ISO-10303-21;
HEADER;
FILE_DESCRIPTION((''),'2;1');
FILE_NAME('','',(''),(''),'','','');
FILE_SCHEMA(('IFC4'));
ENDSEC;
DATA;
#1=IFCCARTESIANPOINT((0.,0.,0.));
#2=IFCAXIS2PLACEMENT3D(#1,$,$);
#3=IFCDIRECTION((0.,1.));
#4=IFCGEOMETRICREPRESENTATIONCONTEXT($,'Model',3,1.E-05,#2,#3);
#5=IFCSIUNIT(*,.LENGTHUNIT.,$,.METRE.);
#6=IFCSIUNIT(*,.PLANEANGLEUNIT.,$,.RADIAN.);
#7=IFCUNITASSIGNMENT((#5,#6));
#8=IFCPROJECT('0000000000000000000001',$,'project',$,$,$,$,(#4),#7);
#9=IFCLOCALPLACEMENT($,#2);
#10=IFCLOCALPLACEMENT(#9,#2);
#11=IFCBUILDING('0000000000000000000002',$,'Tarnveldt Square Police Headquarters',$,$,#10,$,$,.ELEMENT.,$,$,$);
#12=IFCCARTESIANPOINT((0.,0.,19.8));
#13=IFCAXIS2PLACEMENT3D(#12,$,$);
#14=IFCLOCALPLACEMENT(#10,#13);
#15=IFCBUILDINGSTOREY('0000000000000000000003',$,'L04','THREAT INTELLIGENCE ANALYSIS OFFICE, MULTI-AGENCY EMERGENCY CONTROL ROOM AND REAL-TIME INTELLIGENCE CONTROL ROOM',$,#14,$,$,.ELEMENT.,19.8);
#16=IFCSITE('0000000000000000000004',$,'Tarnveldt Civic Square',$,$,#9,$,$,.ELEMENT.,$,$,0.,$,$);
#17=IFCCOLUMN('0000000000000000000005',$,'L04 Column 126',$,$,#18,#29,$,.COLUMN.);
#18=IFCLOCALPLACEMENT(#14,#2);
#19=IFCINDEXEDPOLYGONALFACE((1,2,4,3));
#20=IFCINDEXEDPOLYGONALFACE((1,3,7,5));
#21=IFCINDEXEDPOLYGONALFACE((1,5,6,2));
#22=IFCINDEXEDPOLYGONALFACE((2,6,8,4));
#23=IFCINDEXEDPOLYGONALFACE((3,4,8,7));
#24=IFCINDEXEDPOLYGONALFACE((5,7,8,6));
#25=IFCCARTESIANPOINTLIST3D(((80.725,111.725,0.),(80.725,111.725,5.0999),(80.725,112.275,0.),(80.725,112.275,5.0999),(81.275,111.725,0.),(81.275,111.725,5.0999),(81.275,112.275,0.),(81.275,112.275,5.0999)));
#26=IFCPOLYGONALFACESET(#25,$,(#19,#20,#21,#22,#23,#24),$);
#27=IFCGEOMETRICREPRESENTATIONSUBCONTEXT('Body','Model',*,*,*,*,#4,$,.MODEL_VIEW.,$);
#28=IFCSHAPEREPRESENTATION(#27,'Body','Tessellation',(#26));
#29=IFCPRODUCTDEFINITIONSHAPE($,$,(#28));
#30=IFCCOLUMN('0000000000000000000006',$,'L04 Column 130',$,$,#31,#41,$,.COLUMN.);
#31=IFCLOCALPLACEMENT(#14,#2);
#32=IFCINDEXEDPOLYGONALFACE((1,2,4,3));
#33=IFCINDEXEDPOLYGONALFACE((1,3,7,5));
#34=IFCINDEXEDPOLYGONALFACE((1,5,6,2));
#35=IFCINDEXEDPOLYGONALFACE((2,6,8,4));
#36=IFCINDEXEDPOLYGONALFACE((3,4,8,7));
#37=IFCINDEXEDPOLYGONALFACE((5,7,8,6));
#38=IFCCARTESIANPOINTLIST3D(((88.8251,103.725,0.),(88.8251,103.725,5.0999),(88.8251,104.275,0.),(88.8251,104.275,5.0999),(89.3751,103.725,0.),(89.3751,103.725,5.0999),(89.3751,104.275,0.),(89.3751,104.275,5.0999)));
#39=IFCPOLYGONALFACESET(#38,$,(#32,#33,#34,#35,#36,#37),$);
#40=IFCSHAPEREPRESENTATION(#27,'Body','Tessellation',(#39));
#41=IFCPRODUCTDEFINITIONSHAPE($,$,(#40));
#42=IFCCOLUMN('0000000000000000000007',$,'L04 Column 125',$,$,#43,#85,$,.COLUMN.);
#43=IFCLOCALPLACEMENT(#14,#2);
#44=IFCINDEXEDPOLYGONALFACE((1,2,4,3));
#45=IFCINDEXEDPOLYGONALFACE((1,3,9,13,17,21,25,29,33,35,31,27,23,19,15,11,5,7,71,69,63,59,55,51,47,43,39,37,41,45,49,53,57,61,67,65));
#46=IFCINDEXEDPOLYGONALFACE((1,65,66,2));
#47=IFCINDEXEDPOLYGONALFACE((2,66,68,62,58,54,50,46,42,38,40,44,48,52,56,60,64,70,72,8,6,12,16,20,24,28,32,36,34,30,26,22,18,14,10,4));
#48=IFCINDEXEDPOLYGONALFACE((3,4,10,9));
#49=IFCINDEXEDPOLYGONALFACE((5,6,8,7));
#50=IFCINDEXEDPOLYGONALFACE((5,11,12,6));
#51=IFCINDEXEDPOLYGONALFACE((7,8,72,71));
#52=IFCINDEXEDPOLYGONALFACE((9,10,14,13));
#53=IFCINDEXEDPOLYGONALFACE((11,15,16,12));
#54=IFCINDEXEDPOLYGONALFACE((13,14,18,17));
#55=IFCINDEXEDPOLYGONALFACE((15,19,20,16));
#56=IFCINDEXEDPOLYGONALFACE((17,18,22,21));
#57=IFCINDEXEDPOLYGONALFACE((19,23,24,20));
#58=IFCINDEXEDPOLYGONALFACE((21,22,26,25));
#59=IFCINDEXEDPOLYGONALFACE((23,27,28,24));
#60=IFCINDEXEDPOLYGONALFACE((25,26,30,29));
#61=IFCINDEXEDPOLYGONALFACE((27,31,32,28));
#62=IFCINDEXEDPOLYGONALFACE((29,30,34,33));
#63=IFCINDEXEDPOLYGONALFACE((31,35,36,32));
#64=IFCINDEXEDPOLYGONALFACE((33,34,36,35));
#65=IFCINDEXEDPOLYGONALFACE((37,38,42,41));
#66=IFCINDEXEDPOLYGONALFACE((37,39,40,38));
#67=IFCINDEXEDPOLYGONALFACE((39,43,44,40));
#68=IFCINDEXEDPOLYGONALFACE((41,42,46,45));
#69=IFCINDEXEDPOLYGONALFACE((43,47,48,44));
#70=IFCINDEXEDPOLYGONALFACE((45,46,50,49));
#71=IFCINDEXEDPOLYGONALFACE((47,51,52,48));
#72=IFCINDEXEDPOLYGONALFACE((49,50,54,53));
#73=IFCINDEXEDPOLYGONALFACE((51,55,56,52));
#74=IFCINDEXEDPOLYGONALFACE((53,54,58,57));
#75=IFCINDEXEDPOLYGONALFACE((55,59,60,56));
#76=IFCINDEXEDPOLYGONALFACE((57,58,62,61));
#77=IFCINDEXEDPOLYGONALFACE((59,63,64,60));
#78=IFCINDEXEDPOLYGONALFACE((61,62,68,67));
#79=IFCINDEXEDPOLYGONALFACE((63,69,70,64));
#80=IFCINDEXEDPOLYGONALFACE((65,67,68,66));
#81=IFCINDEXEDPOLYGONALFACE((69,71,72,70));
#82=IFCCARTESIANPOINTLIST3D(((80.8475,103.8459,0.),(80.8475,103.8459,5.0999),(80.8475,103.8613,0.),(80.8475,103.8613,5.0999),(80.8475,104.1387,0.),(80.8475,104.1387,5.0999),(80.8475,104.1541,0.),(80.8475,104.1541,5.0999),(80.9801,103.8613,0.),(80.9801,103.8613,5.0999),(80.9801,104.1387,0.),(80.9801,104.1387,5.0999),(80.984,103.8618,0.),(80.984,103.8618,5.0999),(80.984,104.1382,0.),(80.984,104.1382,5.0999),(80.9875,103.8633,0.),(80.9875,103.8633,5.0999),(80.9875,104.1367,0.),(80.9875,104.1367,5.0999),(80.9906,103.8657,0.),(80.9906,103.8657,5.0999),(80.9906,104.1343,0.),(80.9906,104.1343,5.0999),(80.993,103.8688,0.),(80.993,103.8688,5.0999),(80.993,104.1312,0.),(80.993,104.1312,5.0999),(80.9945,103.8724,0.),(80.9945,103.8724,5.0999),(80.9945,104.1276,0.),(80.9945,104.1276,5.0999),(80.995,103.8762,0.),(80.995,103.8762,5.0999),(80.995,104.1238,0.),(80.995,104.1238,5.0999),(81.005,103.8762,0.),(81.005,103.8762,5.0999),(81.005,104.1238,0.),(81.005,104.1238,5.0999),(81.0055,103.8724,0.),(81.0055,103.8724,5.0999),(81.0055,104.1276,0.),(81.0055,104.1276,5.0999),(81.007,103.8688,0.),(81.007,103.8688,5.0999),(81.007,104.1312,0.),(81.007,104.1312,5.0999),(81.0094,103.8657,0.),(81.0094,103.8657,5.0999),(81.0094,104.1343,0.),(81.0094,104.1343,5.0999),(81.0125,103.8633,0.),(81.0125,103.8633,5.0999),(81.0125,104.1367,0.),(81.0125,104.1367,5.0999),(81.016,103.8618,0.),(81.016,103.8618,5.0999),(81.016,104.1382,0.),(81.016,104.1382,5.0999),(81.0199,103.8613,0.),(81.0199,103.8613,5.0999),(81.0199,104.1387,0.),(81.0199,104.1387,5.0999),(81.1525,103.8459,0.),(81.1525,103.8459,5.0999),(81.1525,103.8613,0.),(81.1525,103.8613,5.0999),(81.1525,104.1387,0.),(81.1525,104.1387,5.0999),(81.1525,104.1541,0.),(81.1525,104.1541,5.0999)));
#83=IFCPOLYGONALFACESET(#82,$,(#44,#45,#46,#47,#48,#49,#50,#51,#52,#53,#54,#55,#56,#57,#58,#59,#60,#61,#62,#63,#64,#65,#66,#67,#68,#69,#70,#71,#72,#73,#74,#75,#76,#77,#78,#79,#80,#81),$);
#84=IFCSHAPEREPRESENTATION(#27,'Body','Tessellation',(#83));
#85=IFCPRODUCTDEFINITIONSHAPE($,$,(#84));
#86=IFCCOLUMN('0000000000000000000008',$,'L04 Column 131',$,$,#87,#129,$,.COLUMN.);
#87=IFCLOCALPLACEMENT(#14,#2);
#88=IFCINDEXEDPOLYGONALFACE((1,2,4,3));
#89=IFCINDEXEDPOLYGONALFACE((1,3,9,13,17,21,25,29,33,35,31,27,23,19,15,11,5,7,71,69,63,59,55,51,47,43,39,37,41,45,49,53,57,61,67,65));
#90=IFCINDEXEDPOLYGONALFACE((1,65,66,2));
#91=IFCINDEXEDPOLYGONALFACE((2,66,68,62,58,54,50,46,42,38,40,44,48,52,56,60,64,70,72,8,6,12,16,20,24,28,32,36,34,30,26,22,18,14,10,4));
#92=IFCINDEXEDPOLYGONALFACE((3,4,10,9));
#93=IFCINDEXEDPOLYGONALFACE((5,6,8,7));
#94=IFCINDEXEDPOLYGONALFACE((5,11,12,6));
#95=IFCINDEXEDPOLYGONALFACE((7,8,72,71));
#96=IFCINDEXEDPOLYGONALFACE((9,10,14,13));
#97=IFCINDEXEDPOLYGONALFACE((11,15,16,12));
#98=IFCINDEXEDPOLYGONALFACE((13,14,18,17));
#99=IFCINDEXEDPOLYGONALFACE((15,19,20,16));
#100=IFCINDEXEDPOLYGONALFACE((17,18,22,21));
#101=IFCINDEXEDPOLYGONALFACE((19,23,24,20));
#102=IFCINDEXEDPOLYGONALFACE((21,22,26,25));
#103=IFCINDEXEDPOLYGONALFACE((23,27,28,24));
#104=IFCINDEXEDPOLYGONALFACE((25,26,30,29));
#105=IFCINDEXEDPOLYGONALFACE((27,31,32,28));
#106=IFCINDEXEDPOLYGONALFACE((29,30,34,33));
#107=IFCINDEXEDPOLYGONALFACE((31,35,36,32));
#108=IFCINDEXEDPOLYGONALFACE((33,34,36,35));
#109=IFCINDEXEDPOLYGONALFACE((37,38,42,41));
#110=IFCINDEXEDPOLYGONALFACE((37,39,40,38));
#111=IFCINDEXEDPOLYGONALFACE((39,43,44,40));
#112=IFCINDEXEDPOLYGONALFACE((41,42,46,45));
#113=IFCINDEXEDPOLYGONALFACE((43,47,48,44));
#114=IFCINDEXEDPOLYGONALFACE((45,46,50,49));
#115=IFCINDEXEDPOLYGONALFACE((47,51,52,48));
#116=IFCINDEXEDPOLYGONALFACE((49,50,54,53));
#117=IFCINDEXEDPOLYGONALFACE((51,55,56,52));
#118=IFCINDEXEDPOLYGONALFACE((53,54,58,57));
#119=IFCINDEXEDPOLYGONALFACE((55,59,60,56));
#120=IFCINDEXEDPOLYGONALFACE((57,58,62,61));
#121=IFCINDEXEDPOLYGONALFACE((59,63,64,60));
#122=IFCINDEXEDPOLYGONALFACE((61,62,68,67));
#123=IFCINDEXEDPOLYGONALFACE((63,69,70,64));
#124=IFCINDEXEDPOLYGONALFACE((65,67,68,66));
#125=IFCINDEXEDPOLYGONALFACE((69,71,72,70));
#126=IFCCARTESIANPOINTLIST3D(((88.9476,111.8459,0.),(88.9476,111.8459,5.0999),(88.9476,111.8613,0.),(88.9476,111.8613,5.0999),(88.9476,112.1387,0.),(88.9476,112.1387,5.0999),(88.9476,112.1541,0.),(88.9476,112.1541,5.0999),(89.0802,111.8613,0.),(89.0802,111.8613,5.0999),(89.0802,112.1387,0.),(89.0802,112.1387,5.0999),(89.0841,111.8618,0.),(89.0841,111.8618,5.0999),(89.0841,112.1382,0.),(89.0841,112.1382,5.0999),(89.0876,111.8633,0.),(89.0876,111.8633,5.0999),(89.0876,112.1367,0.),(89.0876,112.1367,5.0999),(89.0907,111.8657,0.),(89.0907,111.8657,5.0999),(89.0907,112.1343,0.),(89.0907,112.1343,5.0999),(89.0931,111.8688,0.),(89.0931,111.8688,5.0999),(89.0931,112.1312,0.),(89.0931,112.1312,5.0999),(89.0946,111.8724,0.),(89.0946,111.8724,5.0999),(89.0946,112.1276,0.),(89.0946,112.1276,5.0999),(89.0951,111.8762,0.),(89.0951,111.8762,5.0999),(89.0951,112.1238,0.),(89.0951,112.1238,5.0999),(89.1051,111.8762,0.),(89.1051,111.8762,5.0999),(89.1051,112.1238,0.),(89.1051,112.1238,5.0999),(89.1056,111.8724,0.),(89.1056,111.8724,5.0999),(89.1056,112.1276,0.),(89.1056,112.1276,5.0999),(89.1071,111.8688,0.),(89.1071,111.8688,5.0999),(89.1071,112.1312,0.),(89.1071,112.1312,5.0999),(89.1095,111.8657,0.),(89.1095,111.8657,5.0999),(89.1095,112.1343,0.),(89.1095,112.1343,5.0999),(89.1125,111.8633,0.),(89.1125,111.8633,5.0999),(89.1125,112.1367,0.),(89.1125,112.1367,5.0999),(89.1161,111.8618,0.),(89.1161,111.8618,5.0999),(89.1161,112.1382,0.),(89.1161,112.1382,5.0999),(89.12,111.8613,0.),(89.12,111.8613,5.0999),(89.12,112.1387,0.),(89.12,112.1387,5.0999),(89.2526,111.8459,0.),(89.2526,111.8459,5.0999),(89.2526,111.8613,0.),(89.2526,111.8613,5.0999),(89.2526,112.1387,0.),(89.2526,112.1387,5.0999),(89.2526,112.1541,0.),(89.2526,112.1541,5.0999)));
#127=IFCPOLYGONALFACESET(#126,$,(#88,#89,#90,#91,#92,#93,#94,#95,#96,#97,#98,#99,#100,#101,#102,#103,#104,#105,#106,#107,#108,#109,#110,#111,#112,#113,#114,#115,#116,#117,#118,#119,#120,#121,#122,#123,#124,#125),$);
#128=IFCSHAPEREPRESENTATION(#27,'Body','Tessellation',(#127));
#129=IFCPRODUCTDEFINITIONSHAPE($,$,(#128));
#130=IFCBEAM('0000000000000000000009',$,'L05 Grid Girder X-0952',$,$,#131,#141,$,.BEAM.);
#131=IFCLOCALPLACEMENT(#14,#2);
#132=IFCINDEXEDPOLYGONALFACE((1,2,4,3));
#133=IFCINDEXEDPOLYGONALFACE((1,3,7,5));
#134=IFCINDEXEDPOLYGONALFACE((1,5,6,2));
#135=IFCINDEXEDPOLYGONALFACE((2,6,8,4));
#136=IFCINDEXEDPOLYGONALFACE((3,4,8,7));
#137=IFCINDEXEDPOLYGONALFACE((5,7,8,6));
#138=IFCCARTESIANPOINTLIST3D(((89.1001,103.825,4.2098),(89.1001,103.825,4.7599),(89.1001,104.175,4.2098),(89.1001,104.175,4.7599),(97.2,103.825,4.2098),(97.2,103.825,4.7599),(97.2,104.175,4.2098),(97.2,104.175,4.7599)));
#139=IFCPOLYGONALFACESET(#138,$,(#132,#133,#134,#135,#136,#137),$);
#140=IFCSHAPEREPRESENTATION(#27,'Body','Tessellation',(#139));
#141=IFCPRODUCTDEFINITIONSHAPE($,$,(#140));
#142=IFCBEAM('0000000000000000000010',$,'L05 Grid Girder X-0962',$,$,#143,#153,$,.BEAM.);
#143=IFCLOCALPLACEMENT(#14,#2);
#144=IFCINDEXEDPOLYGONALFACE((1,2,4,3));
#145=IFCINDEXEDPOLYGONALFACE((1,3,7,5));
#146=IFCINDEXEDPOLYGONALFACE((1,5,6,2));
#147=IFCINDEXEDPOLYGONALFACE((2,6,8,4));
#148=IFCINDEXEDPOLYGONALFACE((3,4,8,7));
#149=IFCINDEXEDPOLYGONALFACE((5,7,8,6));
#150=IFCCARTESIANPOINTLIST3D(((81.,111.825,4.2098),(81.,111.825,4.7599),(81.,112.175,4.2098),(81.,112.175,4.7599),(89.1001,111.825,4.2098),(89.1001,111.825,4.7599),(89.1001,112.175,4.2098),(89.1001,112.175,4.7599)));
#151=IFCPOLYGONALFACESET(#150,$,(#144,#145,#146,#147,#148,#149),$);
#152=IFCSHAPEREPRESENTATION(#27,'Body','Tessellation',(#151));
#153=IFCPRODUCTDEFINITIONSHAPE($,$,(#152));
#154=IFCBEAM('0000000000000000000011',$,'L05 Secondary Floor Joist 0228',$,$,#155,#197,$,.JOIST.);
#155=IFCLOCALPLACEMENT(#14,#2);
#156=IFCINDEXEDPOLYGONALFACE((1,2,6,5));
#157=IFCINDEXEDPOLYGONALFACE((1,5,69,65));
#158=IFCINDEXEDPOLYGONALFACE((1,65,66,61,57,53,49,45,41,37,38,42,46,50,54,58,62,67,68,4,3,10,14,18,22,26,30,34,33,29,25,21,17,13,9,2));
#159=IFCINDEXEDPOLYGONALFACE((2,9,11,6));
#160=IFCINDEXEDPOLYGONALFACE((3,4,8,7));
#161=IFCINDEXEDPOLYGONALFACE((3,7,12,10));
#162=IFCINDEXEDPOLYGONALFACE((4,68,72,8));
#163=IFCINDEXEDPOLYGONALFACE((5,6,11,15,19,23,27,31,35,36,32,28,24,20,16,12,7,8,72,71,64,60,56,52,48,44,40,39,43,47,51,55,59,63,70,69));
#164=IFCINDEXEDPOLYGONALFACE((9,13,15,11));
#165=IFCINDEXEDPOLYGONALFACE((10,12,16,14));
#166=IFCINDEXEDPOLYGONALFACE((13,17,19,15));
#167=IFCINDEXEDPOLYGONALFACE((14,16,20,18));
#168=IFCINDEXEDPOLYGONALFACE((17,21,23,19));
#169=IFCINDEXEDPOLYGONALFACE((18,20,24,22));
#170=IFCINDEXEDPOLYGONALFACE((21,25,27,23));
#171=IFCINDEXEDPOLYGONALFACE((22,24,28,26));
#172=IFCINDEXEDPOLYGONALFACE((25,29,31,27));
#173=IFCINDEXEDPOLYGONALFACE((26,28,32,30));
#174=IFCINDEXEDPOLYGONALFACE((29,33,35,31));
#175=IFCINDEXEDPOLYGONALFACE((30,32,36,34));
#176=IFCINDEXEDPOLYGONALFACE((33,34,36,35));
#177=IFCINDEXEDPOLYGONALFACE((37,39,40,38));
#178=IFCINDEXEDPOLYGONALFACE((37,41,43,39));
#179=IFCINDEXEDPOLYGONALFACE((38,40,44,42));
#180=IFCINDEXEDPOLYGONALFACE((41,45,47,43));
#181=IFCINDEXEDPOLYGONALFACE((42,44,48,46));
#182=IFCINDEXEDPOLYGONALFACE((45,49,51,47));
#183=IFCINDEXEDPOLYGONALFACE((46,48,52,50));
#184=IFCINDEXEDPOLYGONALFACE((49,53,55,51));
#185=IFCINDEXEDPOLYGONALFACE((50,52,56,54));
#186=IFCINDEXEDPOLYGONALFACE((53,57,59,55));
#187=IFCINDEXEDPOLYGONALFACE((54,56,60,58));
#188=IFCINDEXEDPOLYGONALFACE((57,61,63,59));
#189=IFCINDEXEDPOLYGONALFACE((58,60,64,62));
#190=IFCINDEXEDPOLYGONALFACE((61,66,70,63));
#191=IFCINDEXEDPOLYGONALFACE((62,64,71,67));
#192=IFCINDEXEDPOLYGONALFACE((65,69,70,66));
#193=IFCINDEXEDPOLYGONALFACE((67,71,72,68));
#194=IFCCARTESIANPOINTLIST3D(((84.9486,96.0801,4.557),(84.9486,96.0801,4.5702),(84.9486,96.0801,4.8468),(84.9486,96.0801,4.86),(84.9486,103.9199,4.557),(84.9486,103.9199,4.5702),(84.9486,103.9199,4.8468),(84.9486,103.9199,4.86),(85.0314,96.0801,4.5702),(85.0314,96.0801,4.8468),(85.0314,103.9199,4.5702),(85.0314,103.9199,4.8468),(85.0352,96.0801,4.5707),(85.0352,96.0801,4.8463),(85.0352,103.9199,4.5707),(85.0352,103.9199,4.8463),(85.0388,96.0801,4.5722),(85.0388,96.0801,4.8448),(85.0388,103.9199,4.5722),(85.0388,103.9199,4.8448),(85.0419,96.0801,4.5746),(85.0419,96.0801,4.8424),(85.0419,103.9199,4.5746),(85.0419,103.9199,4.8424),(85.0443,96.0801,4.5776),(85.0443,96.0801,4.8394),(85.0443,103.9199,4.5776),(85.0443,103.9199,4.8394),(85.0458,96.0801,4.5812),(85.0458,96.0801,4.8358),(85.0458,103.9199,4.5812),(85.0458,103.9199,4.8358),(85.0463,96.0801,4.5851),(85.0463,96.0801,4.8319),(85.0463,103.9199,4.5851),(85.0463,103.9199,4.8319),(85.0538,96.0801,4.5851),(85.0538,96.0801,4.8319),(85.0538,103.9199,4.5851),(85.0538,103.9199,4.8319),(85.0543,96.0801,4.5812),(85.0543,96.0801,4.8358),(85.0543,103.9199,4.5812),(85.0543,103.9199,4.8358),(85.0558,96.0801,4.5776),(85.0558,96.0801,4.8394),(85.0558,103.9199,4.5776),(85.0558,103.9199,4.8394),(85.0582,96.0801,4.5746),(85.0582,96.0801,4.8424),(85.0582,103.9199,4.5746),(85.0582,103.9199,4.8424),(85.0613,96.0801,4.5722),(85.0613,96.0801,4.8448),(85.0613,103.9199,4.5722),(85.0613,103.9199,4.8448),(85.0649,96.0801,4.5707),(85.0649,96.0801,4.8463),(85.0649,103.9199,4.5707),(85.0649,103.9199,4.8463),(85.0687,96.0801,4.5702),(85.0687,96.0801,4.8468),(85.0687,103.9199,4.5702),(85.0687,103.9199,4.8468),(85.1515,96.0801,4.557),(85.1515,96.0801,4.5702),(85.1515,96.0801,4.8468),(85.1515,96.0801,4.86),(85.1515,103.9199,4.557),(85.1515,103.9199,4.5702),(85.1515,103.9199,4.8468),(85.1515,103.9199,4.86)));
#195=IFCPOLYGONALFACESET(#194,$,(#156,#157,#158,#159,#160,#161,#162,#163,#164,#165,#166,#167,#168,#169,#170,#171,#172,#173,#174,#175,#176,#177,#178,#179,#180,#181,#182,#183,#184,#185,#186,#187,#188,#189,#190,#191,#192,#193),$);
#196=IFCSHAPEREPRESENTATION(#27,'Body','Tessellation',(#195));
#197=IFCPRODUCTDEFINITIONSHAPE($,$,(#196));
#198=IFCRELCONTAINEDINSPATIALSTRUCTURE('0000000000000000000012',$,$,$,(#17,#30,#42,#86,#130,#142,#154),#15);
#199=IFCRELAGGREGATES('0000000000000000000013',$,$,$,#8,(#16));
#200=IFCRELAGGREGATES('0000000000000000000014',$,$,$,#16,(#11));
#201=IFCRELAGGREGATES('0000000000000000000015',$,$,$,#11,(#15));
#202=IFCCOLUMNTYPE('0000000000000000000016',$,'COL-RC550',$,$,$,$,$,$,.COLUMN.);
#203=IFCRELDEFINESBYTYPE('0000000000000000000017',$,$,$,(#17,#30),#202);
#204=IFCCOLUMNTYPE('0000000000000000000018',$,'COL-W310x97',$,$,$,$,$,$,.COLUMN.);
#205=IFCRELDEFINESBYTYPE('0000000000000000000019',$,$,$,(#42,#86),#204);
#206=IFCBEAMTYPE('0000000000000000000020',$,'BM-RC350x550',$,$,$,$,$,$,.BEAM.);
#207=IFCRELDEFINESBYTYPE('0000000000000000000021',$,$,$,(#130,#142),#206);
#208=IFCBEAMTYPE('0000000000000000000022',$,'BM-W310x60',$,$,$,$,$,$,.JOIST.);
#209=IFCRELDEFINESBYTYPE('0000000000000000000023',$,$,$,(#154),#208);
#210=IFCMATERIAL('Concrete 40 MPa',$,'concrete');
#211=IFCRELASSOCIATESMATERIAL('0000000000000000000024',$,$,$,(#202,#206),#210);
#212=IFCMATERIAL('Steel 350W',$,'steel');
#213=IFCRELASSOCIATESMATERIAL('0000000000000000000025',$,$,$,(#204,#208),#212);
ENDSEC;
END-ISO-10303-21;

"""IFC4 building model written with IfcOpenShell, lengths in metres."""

from ifc_helpers import new_model, si_unit, direction, frame, origin, origin_2d, place, context, subcontext, project, spatial, rectangle, i_section, extrude, material, material_profile, profile_set, type_object, element, save


model = new_model("IFC4")

# Units and contexts
model_context = context("Model", 3, precision=1e-05, world=origin(), true_north=direction((0.0, 1.0)))
body_context = subcontext(model_context, "Body", "Model", "MODEL_VIEW")
ifc_project = project(units=[si_unit("LENGTHUNIT", "METRE"), si_unit("PLANEANGLEUNIT", "RADIAN")], contexts=[model_context])

# Site, building, storey
site_placement = place(None, origin())
site = spatial("IfcSite", under=ifc_project, at=site_placement, Name="Tarnveldt Civic Square", CompositionType="ELEMENT", RefElevation=0.0)
building_placement = place(site_placement, origin())
building = spatial("IfcBuilding", under=site, at=building_placement, Name="Tarnveldt Square Police Headquarters", CompositionType="ELEMENT")
storey_placement = place(building_placement, frame((0.0, 0.0, 19.8)))
storey = spatial("IfcBuildingStorey", under=building, at=storey_placement, Name="L04", Description="THREAT INTELLIGENCE ANALYSIS OFFICE, MULTI-AGENCY EMERGENCY CONTROL ROOM AND REAL-TIME INTELLIGENCE CONTROL ROOM", CompositionType="ELEMENT", Elevation=19.8)

# Columns
ifc_material_1 = material(Name="Concrete 40 MPa", Category="concrete")
ifc_material_profile_1 = material_profile(ifc_material_1, rectangle(XDim=0.55, YDim=0.55, at=origin_2d()), Name="RC-C550x550")
ifc_profile_set_1 = profile_set([ifc_material_profile_1], Name="Concrete 40 MPa")
column_type_1 = type_object("IfcColumnType", Name="COL-RC550", PredefinedType="COLUMN", material=ifc_profile_set_1)
for number, where, z_axis, x_axis, name in (
    (1, (81.0, 112.0, 0.0), (0.0, 0.0, 1.0), (1.0, 0.0, 0.0), "L04 Column 126"),
    (2, (89.1001, 104.0, 0.0), (0.0, 0.0, 1.0), (1.0, 0.0, 0.0), "L04 Column 130"),
):
    element("IfcColumn", number, at=place(storey_placement, frame(where, z_axis=z_axis, x_axis=x_axis)), inside=storey, type_object=column_type_1, Name=name, PredefinedType="COLUMN", context=body_context, shape_type="SweptSolid", body=[
        extrude(rectangle(XDim=0.55, YDim=0.55, at=origin_2d()), origin(), (0.0, 0.0, 1.0), 5.0999),
    ])
ifc_material_2 = material(Name="Steel 350W", Category="steel")
ifc_material_profile_2 = material_profile(ifc_material_2, i_section(OverallWidth=0.3049, OverallDepth=0.3081, WebThickness=0.01, FlangeThickness=0.0154, FilletRadius=0.0149, at=origin_2d()), Name="W310x97")
ifc_profile_set_2 = profile_set([ifc_material_profile_2], Name="Steel 350W")
column_type_2 = type_object("IfcColumnType", Name="COL-W310x97", PredefinedType="COLUMN", material=ifc_profile_set_2)
for number, where, z_axis, x_axis, name in (
    (3, (81.0, 104.0, 0.0), (0.0, 0.0, 1.0), (1.0, 0.0, 0.0), "L04 Column 125"),
    (4, (89.1001, 112.0, 0.0), (0.0, 0.0, 1.0), (1.0, 0.0, 0.0), "L04 Column 131"),
):
    element("IfcColumn", number, at=place(storey_placement, frame(where, z_axis=z_axis, x_axis=x_axis)), inside=storey, type_object=column_type_2, Name=name, PredefinedType="COLUMN", context=body_context, shape_type="SweptSolid", body=[
        extrude(i_section(OverallWidth=0.3049, OverallDepth=0.3081, WebThickness=0.01, FlangeThickness=0.0154, FilletRadius=0.0149, at=origin_2d()), origin(), (0.0, 0.0, 1.0), 5.0999),
    ])

# Beams
ifc_material_profile_3 = material_profile(ifc_material_1, rectangle(XDim=0.3501, YDim=0.55, at=origin_2d()), Name="RC-B350x550")
ifc_profile_set_3 = profile_set([ifc_material_profile_3], Name="Concrete 40 MPa")
beam_type_1 = type_object("IfcBeamType", Name="BM-RC350x550", PredefinedType="BEAM", material=ifc_profile_set_3)
beam_1_placement = place(storey_placement, frame((89.1001, 104.0, 4.4849), z_axis=(1.0, 0.0, 0.0), x_axis=(0.0, 1.0, 0.0)))
element("IfcBeam", 5, at=beam_1_placement, inside=storey, type_object=beam_type_1, Name="L05 Grid Girder X-0952", PredefinedType="BEAM", context=body_context, shape_type="SweptSolid", body=[
    extrude(rectangle(XDim=0.3501, YDim=0.55, at=origin_2d()), origin(), (0.0, 0.0, 1.0), 8.0999),
])
beam_2_placement = place(storey_placement, frame((81.0, 112.0, 4.4849), z_axis=(1.0, 0.0, 0.0), x_axis=(0.0, 1.0, 0.0)))
element("IfcBeam", 6, at=beam_2_placement, inside=storey, type_object=beam_type_1, Name="L05 Grid Girder X-0962", PredefinedType="BEAM", context=body_context, shape_type="SweptSolid", body=[
    extrude(rectangle(XDim=0.3501, YDim=0.55, at=origin_2d()), origin(), (0.0, 0.0, 1.0), 8.1001),
])
ifc_material_profile_4 = material_profile(ifc_material_2, i_section(OverallWidth=0.2029, OverallDepth=0.303, WebThickness=0.0076, FlangeThickness=0.0132, FilletRadius=0.0149, at=origin_2d()), Name="W310x60")
ifc_profile_set_4 = profile_set([ifc_material_profile_4], Name="Steel 350W")
beam_type_2 = type_object("IfcBeamType", Name="BM-W310x60", PredefinedType="JOIST", material=ifc_profile_set_4)
beam_3_placement = place(storey_placement, frame((85.05, 96.0801, 4.7085), z_axis=(0.0, 1.0, 0.0), x_axis=(-1.0, 0.0, 0.0)))
element("IfcBeam", 7, at=beam_3_placement, inside=storey, type_object=beam_type_2, Name="L05 Secondary Floor Joist 0228", PredefinedType="JOIST", context=body_context, shape_type="SweptSolid", body=[
    extrude(i_section(OverallWidth=0.2029, OverallDepth=0.303, WebThickness=0.0076, FlangeThickness=0.0132, FilletRadius=0.0149, at=origin_2d()), origin(), (0.0, 0.0, 1.0), 7.8398),
])

save(model, "model.ifc")
